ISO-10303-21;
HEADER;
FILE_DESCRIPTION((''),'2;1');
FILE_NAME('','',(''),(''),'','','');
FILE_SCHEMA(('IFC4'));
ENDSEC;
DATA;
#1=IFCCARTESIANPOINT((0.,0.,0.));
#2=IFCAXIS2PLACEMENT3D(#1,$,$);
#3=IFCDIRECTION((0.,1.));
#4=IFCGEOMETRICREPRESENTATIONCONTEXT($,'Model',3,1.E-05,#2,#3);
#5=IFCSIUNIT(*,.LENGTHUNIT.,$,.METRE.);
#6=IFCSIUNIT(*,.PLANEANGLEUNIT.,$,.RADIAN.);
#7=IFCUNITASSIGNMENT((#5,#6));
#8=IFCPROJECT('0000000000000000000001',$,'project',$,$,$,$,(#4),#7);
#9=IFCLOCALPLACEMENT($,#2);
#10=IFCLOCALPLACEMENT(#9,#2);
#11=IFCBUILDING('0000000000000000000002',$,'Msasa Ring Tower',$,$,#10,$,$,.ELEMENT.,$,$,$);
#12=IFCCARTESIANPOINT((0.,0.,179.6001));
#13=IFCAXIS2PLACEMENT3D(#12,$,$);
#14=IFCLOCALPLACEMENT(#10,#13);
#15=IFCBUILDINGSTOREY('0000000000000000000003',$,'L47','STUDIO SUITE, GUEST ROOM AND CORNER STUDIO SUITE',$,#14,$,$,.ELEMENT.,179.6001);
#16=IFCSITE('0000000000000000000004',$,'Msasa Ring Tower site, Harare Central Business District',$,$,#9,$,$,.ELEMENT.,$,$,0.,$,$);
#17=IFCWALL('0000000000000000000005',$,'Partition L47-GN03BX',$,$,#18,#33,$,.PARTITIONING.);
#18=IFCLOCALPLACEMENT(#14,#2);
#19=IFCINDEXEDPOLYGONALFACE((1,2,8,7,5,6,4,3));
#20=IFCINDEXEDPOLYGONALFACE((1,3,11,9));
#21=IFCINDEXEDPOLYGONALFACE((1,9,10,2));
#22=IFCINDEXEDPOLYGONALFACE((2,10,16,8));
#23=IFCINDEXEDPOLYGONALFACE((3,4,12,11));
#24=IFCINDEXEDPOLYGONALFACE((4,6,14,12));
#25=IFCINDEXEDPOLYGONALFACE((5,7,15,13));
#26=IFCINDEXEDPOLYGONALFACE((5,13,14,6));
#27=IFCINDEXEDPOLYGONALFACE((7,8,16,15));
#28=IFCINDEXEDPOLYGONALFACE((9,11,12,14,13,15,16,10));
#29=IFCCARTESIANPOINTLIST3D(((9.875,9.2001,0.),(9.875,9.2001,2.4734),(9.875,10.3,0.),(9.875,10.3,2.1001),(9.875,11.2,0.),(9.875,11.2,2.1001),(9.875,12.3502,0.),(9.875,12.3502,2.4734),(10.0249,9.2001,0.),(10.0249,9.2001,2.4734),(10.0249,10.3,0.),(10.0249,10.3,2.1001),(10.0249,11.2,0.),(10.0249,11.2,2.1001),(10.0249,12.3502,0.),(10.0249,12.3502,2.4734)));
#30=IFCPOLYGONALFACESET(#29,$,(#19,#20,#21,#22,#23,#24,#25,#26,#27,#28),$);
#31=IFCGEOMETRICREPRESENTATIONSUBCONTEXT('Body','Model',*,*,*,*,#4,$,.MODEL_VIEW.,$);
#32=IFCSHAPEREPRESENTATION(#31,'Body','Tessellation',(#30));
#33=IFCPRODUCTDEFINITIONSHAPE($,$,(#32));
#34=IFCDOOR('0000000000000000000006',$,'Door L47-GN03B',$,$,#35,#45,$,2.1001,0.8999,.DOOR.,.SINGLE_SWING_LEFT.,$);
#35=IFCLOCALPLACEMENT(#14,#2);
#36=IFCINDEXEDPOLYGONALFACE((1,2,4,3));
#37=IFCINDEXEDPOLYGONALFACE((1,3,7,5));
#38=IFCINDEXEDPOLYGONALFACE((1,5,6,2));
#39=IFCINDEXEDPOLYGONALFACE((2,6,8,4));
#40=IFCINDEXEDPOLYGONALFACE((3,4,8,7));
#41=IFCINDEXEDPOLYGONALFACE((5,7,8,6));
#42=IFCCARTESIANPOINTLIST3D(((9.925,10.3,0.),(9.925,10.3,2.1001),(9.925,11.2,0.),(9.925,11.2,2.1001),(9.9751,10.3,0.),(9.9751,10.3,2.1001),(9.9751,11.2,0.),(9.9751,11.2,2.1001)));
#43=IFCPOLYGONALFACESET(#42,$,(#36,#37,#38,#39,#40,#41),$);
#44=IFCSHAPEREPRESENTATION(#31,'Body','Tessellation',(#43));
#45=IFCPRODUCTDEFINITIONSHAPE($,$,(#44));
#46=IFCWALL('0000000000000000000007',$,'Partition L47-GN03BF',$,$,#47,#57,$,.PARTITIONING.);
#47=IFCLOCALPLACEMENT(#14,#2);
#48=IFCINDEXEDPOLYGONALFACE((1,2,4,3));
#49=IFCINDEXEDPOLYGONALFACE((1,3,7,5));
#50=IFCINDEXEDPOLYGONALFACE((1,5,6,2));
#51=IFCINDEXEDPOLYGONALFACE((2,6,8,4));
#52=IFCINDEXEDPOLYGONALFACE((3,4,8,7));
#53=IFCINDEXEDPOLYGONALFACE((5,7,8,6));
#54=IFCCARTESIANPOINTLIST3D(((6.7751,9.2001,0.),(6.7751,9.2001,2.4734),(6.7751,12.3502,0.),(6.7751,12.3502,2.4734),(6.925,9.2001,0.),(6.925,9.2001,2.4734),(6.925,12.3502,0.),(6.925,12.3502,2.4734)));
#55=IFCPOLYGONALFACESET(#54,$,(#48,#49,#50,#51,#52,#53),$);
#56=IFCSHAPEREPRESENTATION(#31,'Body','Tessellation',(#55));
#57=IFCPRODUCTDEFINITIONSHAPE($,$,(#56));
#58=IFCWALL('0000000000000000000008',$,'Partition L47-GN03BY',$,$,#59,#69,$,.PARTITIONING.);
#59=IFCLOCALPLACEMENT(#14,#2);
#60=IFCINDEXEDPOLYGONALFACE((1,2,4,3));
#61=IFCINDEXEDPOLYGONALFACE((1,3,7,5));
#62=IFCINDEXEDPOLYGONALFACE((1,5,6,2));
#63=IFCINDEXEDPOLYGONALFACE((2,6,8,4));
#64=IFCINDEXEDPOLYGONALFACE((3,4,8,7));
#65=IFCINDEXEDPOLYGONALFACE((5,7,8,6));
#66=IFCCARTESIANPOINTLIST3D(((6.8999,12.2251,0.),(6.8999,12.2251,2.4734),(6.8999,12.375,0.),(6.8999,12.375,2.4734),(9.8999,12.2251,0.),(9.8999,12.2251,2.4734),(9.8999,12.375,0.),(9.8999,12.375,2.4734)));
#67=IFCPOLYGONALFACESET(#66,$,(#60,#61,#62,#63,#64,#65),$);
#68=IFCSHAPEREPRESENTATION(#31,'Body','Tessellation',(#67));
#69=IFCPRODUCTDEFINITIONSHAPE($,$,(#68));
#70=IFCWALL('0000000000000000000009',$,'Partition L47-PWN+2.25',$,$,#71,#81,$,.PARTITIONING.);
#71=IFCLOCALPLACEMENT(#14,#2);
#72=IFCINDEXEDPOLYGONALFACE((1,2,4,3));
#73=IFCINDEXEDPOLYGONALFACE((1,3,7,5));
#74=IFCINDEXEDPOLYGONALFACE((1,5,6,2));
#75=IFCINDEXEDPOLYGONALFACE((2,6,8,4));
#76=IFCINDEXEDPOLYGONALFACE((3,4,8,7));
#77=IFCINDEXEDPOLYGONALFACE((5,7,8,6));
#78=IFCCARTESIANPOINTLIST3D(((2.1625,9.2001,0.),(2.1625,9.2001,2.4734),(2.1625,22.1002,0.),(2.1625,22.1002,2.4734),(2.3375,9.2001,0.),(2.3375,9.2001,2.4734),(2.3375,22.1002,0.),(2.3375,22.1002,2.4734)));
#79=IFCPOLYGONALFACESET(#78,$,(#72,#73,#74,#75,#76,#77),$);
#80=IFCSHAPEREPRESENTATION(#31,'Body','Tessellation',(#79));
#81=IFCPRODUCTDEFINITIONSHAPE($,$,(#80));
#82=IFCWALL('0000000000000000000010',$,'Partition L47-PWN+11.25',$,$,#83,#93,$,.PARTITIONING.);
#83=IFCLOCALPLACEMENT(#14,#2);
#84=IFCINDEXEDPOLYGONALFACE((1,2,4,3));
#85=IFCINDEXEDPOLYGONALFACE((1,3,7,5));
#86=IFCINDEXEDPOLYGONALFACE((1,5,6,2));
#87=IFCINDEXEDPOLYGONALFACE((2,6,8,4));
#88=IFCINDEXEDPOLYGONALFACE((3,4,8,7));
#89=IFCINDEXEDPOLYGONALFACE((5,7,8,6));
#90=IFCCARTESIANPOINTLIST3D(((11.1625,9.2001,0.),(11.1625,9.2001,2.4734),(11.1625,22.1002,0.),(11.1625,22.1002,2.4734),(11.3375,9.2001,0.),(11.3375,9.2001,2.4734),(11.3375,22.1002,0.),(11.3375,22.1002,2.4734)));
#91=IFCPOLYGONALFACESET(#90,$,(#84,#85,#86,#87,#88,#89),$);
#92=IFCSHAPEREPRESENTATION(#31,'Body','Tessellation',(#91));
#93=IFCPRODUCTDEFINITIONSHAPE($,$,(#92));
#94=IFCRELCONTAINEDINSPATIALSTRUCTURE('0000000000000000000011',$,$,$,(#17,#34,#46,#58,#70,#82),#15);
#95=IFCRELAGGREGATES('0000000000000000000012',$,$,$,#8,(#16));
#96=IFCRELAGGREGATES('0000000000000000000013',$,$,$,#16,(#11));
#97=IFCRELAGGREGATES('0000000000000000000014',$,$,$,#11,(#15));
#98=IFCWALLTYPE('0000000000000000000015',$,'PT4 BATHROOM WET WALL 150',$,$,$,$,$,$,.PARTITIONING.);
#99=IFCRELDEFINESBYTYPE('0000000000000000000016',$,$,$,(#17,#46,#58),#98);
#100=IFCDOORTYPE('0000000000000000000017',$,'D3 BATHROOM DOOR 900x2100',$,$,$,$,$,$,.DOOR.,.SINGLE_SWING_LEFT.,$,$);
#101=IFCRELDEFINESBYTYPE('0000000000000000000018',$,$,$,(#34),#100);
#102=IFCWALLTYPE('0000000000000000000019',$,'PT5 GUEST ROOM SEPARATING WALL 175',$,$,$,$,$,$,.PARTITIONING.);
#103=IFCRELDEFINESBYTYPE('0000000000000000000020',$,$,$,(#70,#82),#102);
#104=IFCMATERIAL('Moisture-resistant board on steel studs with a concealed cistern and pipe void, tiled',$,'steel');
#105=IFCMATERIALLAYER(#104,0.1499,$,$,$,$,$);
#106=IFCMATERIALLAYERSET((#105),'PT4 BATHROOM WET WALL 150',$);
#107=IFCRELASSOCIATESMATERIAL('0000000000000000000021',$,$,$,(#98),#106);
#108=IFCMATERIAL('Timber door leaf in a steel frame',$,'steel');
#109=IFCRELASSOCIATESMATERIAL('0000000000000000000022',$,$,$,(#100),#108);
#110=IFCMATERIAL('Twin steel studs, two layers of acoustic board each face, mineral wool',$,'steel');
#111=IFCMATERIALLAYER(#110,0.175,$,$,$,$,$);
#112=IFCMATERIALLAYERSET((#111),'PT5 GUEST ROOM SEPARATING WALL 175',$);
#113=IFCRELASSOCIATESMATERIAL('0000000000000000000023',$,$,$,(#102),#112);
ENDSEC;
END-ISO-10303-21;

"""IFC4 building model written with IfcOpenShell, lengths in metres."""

from ifc_helpers import new_model, si_unit, direction, frame, frame_2d, origin, place, context, subcontext, project, spatial, rectangle, extrude, material, layer, layer_set, type_object, element, fill, save


model = new_model("IFC4")

# Units and contexts
model_context = context("Model", 3, precision=1e-05, world=origin(), true_north=direction((0.0, 1.0)))
body_context = subcontext(model_context, "Body", "Model", "MODEL_VIEW")
ifc_project = project(units=[si_unit("LENGTHUNIT", "METRE"), si_unit("PLANEANGLEUNIT", "RADIAN")], contexts=[model_context])

# Site, building, storey
site_placement = place(None, origin())
site = spatial("IfcSite", under=ifc_project, at=site_placement, Name="Msasa Ring Tower site, Harare Central Business District", CompositionType="ELEMENT", RefElevation=0.0)
building_placement = place(site_placement, origin())
building = spatial("IfcBuilding", under=site, at=building_placement, Name="Msasa Ring Tower", CompositionType="ELEMENT")
storey_placement = place(building_placement, frame((0.0, 0.0, 179.6001)))
storey = spatial("IfcBuildingStorey", under=building, at=storey_placement, Name="L47", Description="STUDIO SUITE, GUEST ROOM AND CORNER STUDIO SUITE", CompositionType="ELEMENT", Elevation=179.6001)

# Wall, opening, door
ifc_material_1 = material(Name="Moisture-resistant board on steel studs with a concealed cistern and pipe void, tiled", Category="steel")
ifc_layer_1 = layer(ifc_material_1, 0.1499)
ifc_layer_set_1 = layer_set([ifc_layer_1], Name="PT4 BATHROOM WET WALL 150")
wall_type_1 = type_object("IfcWallType", Name="PT4 BATHROOM WET WALL 150", PredefinedType="PARTITIONING", material=ifc_layer_set_1)
wall_1_placement = place(storey_placement, frame((9.95, 9.2, 0.0), z_axis=(0.0, 0.0, 1.0), x_axis=(0.0, 1.0, 0.0)))
wall_1 = element("IfcWall", 1, at=wall_1_placement, inside=storey, type_object=wall_type_1, Name="Partition L47-GN03BX", PredefinedType="PARTITIONING", context=body_context, shape_type="SweptSolid", body=[
    extrude(rectangle(XDim=3.1501, YDim=0.1499, at=frame_2d((1.5752, 0.0))), origin(), (0.0, 0.0, 1.0), 2.4734),
])
opening_1_placement = place(wall_1_placement, frame((1.1001, 0.0, 0.0)))
opening_1 = element("IfcOpeningElement", 2, at=opening_1_placement, cuts=wall_1, PredefinedType="OPENING", context=body_context, shape_type="SweptSolid", body=[
    extrude(rectangle(XDim=0.8999, YDim=2.1001, at=frame_2d((0.45, 1.05))), frame((0.0, 0.085, 0.0), z_axis=(0.0, -1.0, 0.0), x_axis=(1.0, 0.0, 0.0)), (0.0, 0.0, 1.0), 0.1699),
])
ifc_material_2 = material(Name="Timber door leaf in a steel frame", Category="steel")
door_type = type_object("IfcDoorType", Name="D3 BATHROOM DOOR 900x2100", OperationType="SINGLE_SWING_LEFT", PredefinedType="DOOR", material=ifc_material_2)
door_placement = place(opening_1_placement, origin())
door = element("IfcDoor", 3, at=door_placement, inside=storey, type_object=door_type, Name="Door L47-GN03B", OperationType="SINGLE_SWING_LEFT", OverallHeight=2.1001, OverallWidth=0.8999, PredefinedType="DOOR", context=body_context, shape_type="SweptSolid", body=[
    extrude(rectangle(XDim=0.8999, YDim=2.1001, at=frame_2d((0.45, 1.05))), frame((0.0, 0.0249, 0.0), z_axis=(0.0, -1.0, 0.0), x_axis=(1.0, 0.0, 0.0)), (0.0, 0.0, 1.0), 0.05),
])
fill(opening_1, door)

# Walls
wall_2_placement = place(storey_placement, frame((6.8501, 9.2, 0.0), z_axis=(0.0, 0.0, 1.0), x_axis=(0.0, 1.0, 0.0)))
element("IfcWall", 4, at=wall_2_placement, inside=storey, type_object=wall_type_1, Name="Partition L47-GN03BF", PredefinedType="PARTITIONING", context=body_context, shape_type="SweptSolid", body=[
    extrude(rectangle(XDim=3.1501, YDim=0.1499, at=frame_2d((1.5752, 0.0))), origin(), (0.0, 0.0, 1.0), 2.4734),
])
wall_3_placement = place(storey_placement, frame((6.8999, 12.3, 0.0), z_axis=(0.0, 0.0, 1.0), x_axis=(1.0, 0.0, 0.0)))
element("IfcWall", 5, at=wall_3_placement, inside=storey, type_object=wall_type_1, Name="Partition L47-GN03BY", PredefinedType="PARTITIONING", context=body_context, shape_type="SweptSolid", body=[
    extrude(rectangle(XDim=3.0, YDim=0.1499, at=frame_2d((1.5, 0.0))), origin(), (0.0, 0.0, 1.0), 2.4734),
])
ifc_material_3 = material(Name="Twin steel studs, two layers of acoustic board each face, mineral wool", Category="steel")
ifc_layer_2 = layer(ifc_material_3, 0.175)
ifc_layer_set_2 = layer_set([ifc_layer_2], Name="PT5 GUEST ROOM SEPARATING WALL 175")
wall_type_2 = type_object("IfcWallType", Name="PT5 GUEST ROOM SEPARATING WALL 175", PredefinedType="PARTITIONING", material=ifc_layer_set_2)
for number, where, z_axis, x_axis, name in (
    (6, (2.25, 9.2, 0.0), (0.0, 0.0, 1.0), (0.0, 1.0, 0.0), "Partition L47-PWN+2.25"),
    (7, (11.25, 9.2, 0.0), (0.0, 0.0, 1.0), (0.0, 1.0, 0.0), "Partition L47-PWN+11.25"),
):
    element("IfcWall", number, at=place(storey_placement, frame(where, z_axis=z_axis, x_axis=x_axis)), inside=storey, type_object=wall_type_2, Name=name, PredefinedType="PARTITIONING", context=body_context, shape_type="SweptSolid", body=[
        extrude(rectangle(XDim=12.9001, YDim=0.175, at=frame_2d((6.4502, 0.0))), origin(), (0.0, 0.0, 1.0), 2.4734),
    ])

save(model, "model.ifc")
